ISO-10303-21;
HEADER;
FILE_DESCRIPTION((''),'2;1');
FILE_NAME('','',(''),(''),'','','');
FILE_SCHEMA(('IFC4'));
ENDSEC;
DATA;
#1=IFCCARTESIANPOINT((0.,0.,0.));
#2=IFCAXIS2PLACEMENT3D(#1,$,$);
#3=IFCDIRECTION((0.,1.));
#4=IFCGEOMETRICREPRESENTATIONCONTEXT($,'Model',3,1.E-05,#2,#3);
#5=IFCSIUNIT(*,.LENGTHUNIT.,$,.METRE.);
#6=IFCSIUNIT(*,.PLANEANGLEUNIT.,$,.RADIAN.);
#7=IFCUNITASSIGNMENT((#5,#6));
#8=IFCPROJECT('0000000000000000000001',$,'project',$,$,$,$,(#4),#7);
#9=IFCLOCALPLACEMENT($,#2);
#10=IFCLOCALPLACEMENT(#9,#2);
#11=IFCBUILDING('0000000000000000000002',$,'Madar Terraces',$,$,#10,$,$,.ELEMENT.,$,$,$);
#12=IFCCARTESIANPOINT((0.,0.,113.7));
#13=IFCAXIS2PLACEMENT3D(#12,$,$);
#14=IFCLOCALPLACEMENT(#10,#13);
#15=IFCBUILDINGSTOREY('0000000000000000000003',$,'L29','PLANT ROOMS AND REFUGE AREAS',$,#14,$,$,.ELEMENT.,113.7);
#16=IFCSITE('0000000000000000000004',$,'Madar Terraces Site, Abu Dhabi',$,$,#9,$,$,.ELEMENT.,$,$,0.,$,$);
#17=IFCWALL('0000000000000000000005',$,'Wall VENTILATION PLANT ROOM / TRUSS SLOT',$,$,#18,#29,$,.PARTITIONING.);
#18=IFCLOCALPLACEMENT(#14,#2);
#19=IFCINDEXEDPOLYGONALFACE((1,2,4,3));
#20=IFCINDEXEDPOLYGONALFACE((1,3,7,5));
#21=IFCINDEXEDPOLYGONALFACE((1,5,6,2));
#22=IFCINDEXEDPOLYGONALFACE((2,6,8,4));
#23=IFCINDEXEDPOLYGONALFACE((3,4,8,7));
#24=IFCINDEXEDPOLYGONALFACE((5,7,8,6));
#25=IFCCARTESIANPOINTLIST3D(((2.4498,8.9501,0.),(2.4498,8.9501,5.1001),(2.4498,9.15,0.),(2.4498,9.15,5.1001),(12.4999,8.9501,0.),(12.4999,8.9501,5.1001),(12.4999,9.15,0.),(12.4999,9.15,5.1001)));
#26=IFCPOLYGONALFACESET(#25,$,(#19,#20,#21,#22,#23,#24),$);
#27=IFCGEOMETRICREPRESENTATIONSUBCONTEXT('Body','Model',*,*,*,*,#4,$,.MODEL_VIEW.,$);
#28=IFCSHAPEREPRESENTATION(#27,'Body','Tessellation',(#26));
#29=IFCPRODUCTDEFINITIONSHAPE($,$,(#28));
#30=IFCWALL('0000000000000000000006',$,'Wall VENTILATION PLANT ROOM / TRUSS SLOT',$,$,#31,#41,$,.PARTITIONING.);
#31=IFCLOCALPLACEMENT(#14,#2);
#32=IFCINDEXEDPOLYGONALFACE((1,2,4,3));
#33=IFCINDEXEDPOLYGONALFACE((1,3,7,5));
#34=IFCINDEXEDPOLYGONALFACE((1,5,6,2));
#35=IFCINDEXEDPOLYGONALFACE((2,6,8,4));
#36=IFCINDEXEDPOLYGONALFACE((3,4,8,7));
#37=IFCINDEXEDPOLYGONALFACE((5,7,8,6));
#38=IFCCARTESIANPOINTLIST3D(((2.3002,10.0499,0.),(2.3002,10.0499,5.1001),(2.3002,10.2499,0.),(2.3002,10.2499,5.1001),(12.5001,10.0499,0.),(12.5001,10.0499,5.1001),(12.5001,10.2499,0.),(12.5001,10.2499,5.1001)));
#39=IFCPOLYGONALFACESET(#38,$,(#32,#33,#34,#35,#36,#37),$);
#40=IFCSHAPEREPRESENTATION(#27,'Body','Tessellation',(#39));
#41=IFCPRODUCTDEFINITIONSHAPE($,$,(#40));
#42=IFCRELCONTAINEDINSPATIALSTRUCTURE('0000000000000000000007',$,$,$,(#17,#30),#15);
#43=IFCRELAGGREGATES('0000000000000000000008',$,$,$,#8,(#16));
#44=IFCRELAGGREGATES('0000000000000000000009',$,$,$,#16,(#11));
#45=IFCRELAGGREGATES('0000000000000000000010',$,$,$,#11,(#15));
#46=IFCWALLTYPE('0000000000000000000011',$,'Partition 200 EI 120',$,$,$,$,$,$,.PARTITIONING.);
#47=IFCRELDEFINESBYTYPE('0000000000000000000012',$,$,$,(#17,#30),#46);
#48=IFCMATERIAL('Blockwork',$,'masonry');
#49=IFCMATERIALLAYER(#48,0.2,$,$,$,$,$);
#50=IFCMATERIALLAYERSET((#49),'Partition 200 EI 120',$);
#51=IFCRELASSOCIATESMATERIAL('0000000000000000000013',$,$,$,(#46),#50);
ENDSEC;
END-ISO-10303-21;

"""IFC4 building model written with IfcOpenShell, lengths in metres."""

from ifc_helpers import new_model, si_unit, direction, frame, frame_2d, origin, place, context, subcontext, project, spatial, rectangle, extrude, material, layer, layer_set, type_object, element, save


model = new_model("IFC4")

# Units and contexts
model_context = context("Model", 3, precision=1e-05, world=origin(), true_north=direction((0.0, 1.0)))
body_context = subcontext(model_context, "Body", "Model", "MODEL_VIEW")
ifc_project = project(units=[si_unit("LENGTHUNIT", "METRE"), si_unit("PLANEANGLEUNIT", "RADIAN")], contexts=[model_context])

# Site, building, storey
site_placement = place(None, origin())
site = spatial("IfcSite", under=ifc_project, at=site_placement, Name="Madar Terraces Site, Abu Dhabi", CompositionType="ELEMENT", RefElevation=0.0)
building_placement = place(site_placement, origin())
building = spatial("IfcBuilding", under=site, at=building_placement, Name="Madar Terraces", CompositionType="ELEMENT")
storey_placement = place(building_placement, frame((0.0, 0.0, 113.7)))
storey = spatial("IfcBuildingStorey", under=building, at=storey_placement, Name="L29", Description="PLANT ROOMS AND REFUGE AREAS", CompositionType="ELEMENT", Elevation=113.7)

# Walls
ifc_material_1 = material(Name="Blockwork", Category="masonry")
ifc_layer_1 = layer(ifc_material_1, 0.2)
ifc_layer_set_1 = layer_set([ifc_layer_1], Name="Partition 200 EI 120")
wall_type = type_object("IfcWallType", Name="Partition 200 EI 120", PredefinedType="PARTITIONING", material=ifc_layer_set_1)
wall_1_placement = place(storey_placement, frame((2.45, 9.05, 0.0), z_axis=(0.0, 0.0, 1.0), x_axis=(1.0, 0.0, 0.0)))
element("IfcWall", 1, at=wall_1_placement, inside=storey, type_object=wall_type, Name="Wall VENTILATION PLANT ROOM / TRUSS SLOT", PredefinedType="PARTITIONING", context=body_context, shape_type="SweptSolid", body=[
    extrude(rectangle(XDim=10.05, YDim=0.2, at=frame_2d((5.0249, 0.0))), origin(), (0.0, 0.0, 1.0), 5.1001),
])
wall_2_placement = place(storey_placement, frame((2.3, 10.1499, 0.0), z_axis=(0.0, 0.0, 1.0), x_axis=(1.0, 0.0, 0.0)))
element("IfcWall", 2, at=wall_2_placement, inside=storey, type_object=wall_type, Name="Wall VENTILATION PLANT ROOM / TRUSS SLOT", PredefinedType="PARTITIONING", context=body_context, shape_type="SweptSolid", body=[
    extrude(rectangle(XDim=10.2, YDim=0.2, at=frame_2d((5.1001, 0.0))), origin(), (0.0, 0.0, 1.0), 5.1001),
])

save(model, "model.ifc")
